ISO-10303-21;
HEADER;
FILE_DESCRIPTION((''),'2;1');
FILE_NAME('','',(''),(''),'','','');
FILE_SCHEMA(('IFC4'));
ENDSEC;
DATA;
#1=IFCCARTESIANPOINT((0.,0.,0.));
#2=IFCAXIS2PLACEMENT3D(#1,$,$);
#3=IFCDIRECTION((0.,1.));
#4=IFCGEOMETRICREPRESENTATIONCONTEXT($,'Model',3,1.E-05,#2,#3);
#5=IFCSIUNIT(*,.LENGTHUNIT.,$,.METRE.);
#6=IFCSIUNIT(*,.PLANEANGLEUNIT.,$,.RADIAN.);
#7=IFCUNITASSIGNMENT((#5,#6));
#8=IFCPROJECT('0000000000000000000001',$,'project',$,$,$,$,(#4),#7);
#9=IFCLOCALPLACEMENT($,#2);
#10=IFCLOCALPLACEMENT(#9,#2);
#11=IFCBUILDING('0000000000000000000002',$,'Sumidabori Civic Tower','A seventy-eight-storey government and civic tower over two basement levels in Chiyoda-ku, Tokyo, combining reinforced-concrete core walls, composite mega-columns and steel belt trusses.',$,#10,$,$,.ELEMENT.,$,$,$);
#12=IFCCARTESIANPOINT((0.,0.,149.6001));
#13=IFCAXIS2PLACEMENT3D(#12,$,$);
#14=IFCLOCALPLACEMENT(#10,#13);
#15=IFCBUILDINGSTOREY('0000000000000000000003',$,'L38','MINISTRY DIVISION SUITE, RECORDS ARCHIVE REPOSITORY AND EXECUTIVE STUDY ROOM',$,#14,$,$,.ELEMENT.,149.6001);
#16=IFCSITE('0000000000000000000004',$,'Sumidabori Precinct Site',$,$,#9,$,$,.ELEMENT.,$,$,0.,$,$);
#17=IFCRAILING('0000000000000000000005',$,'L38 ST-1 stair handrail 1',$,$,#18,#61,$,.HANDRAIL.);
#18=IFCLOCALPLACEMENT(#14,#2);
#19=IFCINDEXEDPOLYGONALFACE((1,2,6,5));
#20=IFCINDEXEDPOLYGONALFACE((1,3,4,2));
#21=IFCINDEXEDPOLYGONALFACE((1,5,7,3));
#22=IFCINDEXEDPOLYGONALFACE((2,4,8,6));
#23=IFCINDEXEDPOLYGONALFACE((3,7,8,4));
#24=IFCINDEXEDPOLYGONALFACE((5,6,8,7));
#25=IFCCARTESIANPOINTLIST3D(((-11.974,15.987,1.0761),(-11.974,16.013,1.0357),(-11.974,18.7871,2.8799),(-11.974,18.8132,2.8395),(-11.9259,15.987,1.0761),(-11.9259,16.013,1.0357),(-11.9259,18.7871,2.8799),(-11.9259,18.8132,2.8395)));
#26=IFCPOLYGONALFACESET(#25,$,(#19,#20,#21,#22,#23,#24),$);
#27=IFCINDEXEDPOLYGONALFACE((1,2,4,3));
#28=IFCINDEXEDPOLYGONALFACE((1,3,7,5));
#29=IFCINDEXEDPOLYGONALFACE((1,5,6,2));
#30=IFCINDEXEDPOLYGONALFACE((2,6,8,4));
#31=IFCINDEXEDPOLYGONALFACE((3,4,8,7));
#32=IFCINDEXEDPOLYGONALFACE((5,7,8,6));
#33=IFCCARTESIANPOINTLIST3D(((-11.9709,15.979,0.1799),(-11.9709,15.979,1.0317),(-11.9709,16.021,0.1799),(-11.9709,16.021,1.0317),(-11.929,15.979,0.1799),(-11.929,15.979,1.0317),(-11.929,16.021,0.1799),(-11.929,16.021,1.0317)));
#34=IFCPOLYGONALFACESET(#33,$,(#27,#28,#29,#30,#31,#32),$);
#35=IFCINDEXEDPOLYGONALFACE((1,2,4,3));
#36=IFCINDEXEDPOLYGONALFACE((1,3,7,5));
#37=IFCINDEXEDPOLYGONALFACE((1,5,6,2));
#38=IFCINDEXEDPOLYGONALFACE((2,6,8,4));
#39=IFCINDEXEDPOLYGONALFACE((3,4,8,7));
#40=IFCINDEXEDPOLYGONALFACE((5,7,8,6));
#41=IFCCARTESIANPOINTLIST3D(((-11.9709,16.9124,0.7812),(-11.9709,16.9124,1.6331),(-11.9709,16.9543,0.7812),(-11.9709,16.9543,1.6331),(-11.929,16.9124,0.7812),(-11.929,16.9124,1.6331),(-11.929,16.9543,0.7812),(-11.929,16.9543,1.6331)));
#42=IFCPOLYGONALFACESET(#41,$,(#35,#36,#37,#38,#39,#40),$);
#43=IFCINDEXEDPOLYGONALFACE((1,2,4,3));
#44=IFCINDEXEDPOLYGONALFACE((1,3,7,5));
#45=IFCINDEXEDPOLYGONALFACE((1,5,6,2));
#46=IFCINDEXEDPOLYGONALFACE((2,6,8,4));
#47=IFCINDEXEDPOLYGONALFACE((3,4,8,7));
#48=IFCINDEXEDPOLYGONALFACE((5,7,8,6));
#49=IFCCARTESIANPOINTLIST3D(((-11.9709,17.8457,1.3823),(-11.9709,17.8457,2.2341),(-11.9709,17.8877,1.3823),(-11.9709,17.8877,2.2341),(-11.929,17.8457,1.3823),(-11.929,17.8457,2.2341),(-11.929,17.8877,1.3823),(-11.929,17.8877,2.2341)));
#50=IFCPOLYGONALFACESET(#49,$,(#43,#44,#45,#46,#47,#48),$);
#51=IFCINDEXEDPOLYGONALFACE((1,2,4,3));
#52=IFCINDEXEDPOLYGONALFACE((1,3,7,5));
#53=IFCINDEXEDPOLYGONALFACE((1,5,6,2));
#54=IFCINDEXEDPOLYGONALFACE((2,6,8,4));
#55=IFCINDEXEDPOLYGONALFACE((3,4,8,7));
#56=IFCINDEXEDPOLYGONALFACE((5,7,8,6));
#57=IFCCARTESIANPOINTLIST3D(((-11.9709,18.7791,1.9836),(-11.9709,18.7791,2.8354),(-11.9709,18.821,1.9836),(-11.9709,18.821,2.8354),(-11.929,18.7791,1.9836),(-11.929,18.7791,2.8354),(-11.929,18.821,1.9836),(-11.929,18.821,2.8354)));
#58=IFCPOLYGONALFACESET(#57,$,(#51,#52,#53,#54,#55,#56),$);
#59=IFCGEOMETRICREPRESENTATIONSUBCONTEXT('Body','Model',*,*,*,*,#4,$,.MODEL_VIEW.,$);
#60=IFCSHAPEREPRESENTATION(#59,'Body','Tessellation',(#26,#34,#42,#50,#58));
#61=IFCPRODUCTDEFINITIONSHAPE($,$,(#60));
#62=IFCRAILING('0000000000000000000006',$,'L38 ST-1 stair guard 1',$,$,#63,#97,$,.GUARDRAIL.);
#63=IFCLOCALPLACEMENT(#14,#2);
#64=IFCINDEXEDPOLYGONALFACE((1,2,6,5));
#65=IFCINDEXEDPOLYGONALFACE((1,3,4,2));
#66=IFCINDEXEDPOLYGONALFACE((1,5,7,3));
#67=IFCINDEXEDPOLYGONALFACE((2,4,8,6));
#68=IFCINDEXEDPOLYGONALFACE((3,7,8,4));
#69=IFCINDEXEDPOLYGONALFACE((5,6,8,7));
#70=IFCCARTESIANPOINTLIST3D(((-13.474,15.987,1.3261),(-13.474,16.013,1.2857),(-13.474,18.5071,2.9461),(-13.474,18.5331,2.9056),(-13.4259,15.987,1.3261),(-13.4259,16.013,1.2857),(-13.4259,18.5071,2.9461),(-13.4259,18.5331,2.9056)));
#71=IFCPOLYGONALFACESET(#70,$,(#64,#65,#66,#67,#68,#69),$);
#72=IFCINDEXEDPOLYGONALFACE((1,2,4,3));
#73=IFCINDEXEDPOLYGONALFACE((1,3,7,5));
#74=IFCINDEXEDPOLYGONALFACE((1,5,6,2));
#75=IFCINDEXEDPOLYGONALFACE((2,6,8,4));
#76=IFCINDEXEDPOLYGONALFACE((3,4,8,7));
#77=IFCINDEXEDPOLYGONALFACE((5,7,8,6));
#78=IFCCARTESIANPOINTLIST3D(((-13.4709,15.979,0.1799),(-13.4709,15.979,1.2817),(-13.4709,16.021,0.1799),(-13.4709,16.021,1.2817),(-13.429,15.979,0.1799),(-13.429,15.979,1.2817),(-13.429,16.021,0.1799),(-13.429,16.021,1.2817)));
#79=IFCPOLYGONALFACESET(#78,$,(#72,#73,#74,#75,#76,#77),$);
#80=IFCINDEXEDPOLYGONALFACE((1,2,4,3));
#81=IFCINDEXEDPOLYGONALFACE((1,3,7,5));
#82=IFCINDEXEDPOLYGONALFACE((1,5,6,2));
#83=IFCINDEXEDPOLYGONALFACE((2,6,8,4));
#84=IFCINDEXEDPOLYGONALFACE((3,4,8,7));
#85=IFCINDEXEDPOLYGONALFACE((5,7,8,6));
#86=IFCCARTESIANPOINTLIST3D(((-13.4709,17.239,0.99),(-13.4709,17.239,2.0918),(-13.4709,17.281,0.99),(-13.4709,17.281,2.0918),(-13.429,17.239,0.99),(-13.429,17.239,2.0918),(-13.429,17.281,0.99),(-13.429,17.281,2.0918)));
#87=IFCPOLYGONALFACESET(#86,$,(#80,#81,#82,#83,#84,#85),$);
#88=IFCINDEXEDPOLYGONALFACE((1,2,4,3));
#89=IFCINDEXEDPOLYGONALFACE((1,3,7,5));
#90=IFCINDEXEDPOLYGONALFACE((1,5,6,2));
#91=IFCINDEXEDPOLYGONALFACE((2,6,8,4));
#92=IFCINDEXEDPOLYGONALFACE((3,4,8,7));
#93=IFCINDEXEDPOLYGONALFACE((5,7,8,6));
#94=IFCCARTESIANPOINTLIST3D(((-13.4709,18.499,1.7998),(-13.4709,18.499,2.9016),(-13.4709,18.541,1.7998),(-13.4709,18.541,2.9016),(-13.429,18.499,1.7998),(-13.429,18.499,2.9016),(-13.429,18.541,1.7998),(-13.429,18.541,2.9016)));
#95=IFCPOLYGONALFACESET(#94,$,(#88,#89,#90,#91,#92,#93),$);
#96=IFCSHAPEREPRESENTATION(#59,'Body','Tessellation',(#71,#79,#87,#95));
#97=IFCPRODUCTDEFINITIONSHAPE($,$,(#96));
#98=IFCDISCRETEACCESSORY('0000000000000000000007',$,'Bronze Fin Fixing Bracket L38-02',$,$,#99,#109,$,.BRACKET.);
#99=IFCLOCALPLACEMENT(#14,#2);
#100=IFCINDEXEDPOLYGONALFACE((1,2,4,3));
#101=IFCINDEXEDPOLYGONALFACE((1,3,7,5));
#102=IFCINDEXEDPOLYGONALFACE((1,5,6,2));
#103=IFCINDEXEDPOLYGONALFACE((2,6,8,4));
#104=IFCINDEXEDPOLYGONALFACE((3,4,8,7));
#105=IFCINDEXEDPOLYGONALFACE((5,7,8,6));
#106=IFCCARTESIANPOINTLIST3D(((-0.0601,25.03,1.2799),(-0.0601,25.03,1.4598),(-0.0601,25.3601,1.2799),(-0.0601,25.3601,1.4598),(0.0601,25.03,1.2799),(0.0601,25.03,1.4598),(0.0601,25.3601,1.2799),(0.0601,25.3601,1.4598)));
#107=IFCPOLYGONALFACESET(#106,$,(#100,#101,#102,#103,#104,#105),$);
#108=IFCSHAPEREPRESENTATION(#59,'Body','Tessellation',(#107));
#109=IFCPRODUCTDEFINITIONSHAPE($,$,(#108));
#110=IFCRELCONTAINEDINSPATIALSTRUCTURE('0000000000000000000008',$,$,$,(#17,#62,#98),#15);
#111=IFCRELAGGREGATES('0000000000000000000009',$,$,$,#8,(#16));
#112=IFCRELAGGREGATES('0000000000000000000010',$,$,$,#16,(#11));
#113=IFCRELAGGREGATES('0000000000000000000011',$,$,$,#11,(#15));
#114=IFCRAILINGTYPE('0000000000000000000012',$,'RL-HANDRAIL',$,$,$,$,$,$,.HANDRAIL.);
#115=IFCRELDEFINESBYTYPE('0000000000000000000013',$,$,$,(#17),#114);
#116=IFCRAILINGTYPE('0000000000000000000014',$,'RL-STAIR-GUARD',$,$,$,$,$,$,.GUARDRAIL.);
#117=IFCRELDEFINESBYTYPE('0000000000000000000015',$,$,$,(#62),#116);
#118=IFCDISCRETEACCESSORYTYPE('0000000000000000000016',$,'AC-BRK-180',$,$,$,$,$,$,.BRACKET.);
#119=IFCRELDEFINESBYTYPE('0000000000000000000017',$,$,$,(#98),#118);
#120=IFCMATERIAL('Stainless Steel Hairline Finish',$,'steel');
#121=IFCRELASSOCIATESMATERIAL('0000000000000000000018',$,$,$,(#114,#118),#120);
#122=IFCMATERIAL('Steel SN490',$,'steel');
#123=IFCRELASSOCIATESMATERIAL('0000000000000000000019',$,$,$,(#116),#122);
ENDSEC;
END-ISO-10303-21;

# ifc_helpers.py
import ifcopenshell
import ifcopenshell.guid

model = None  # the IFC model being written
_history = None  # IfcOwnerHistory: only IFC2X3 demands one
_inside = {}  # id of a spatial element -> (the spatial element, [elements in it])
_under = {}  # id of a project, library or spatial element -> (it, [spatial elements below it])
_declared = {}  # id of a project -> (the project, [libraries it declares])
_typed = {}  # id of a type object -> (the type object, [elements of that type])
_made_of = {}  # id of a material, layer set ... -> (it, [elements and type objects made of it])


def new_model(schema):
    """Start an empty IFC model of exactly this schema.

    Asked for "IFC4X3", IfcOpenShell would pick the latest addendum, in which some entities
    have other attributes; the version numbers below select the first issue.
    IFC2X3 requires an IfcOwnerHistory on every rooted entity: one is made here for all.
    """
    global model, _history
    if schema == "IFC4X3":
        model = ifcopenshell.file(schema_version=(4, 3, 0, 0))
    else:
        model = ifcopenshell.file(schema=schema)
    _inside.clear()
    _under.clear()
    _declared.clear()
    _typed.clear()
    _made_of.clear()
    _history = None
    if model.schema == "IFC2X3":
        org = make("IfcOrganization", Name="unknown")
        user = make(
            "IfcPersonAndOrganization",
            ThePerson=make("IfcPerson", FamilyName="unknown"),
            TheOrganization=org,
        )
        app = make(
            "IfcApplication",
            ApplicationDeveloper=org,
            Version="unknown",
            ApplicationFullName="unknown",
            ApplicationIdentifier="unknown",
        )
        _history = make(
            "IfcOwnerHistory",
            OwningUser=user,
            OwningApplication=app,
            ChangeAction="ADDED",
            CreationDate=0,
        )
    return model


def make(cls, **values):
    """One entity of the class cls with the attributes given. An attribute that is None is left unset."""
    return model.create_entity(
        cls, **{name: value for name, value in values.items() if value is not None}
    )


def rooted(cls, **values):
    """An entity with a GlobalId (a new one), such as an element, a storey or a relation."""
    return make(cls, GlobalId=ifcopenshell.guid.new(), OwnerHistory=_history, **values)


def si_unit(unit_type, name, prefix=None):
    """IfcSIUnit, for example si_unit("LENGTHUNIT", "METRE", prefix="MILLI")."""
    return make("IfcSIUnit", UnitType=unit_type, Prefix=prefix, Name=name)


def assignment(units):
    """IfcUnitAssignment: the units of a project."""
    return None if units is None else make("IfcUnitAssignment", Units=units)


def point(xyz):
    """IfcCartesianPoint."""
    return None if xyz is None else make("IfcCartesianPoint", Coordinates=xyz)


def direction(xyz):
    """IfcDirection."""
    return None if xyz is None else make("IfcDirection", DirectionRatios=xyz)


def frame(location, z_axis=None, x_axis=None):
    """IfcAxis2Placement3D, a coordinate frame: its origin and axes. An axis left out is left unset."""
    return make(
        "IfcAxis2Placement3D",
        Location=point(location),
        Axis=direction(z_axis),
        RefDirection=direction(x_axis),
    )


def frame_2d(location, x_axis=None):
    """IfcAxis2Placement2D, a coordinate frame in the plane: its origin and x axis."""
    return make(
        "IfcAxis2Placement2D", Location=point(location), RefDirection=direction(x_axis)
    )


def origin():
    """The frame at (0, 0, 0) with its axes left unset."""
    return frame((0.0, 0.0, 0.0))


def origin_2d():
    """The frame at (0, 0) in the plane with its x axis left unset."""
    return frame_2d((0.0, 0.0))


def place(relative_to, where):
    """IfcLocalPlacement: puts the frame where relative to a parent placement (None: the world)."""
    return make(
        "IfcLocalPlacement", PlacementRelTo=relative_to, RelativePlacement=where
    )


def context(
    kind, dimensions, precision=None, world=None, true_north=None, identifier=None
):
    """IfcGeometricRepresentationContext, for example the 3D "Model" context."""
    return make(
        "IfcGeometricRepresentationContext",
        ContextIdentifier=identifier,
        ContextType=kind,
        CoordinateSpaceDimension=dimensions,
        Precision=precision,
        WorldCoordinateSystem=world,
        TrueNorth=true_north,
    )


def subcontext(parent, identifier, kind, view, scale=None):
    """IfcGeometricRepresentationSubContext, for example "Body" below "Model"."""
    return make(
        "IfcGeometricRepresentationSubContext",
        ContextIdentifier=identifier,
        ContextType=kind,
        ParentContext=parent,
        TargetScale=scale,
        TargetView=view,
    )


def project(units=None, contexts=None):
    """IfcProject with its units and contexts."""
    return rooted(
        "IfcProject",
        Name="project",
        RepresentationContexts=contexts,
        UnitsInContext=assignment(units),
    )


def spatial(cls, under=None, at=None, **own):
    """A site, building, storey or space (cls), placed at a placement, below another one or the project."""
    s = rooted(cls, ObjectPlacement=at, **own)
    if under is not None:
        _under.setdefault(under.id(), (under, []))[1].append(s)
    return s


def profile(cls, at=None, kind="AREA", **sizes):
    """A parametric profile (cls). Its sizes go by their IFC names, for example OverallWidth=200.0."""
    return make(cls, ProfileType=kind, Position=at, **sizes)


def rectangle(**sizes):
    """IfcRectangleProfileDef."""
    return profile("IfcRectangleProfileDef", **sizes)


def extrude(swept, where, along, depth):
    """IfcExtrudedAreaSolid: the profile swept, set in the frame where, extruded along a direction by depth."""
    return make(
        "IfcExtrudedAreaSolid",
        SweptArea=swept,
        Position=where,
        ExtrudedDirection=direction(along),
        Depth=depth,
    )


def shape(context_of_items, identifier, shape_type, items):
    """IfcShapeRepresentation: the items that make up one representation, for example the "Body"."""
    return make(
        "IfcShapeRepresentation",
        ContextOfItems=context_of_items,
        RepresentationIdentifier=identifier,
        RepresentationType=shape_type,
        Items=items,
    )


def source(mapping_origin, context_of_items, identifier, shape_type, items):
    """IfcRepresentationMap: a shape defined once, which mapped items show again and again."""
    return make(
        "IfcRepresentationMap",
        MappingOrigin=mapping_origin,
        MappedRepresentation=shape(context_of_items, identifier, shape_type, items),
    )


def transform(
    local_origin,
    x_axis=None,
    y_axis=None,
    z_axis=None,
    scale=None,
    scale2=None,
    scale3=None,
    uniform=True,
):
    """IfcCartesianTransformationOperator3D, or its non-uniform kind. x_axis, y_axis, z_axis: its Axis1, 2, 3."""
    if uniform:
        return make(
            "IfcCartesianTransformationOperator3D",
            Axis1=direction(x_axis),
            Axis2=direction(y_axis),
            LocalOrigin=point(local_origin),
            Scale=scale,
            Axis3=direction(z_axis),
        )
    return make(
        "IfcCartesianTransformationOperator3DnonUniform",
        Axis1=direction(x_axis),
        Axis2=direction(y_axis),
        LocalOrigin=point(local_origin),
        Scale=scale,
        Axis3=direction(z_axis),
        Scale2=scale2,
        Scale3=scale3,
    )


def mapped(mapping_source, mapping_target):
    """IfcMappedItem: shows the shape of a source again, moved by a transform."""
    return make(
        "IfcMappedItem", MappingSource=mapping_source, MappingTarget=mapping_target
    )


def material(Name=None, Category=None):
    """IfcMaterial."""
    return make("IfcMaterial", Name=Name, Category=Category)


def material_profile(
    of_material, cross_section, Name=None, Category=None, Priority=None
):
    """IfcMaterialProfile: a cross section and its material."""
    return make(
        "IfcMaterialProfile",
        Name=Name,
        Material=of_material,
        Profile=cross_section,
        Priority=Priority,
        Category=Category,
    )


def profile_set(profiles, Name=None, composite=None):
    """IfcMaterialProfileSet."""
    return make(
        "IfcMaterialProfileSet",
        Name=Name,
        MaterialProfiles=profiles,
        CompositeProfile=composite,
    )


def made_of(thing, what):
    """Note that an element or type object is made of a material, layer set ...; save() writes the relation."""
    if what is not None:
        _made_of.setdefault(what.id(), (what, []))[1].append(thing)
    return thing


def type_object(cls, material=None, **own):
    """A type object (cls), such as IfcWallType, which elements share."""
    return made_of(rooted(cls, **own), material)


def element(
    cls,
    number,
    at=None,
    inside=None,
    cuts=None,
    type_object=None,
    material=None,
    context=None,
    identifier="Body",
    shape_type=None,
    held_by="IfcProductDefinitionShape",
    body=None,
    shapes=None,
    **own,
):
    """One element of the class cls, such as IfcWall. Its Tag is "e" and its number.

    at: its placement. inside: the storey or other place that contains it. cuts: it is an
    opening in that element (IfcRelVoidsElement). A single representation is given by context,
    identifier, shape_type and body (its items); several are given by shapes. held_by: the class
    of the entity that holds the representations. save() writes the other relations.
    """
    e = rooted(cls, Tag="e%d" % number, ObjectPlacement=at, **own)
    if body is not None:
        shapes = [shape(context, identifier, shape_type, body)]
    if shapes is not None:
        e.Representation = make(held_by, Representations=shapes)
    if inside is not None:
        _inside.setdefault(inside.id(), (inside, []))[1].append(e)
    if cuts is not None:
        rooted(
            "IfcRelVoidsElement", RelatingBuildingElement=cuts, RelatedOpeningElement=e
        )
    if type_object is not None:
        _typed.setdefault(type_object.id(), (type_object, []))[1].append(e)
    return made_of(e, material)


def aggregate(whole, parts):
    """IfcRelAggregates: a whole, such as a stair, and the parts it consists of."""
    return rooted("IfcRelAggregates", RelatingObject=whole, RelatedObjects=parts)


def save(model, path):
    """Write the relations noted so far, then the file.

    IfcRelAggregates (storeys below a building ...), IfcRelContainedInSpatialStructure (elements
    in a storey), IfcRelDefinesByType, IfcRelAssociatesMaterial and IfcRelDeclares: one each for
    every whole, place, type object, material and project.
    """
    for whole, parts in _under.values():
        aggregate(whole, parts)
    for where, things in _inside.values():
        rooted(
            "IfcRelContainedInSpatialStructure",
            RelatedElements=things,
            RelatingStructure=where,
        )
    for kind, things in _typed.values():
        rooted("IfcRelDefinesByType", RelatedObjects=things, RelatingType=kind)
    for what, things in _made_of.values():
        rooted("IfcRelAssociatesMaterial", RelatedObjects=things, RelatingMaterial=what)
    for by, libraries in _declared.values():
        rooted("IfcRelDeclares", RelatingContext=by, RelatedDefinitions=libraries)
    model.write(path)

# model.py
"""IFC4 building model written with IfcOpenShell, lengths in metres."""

from ifc_helpers import new_model, si_unit, direction, frame, origin, origin_2d, place, context, subcontext, project, spatial, rectangle, extrude, source, transform, mapped, material, material_profile, profile_set, type_object, element, save


model = new_model("IFC4")

# Units and contexts
model_context = context("Model", 3, precision=1e-05, world=origin(), true_north=direction((0.0, 1.0)))
body_context = subcontext(model_context, "Body", "Model", "MODEL_VIEW")
ifc_project = project(units=[si_unit("LENGTHUNIT", "METRE"), si_unit("PLANEANGLEUNIT", "RADIAN")], contexts=[model_context])

# Site, building, storey
site_placement = place(None, origin())
site = spatial("IfcSite", under=ifc_project, at=site_placement, Name="Sumidabori Precinct Site", CompositionType="ELEMENT", RefElevation=0.0)
building_placement = place(site_placement, origin())
building = spatial("IfcBuilding", under=site, at=building_placement, Name="Sumidabori Civic Tower", Description="A seventy-eight-storey government and civic tower over two basement levels in Chiyoda-ku, Tokyo, combining reinforced-concrete core walls, composite mega-columns and steel belt trusses.", CompositionType="ELEMENT")
storey_placement = place(building_placement, frame((0.0, 0.0, 149.6001)))
storey = spatial("IfcBuildingStorey", under=building, at=storey_placement, Name="L38", Description="MINISTRY DIVISION SUITE, RECORDS ARCHIVE REPOSITORY AND EXECUTIVE STUDY ROOM", CompositionType="ELEMENT", Elevation=149.6001)

# Railings
ifc_material_1 = material(Name="Stainless Steel Hairline Finish", Category="steel")
railing_type_1 = type_object("IfcRailingType", Name="RL-HANDRAIL", PredefinedType="HANDRAIL", material=ifc_material_1)
railing_1_placement = place(storey_placement, frame((-11.95, 16.0, 0.1799)))
element("IfcRailing", 1, at=railing_1_placement, inside=storey, type_object=railing_type_1, Name="L38 ST-1 stair handrail 1", PredefinedType="HANDRAIL", context=body_context, shape_type="SweptSolid", body=[
    extrude(rectangle(XDim=0.0481, YDim=0.0481, at=origin_2d()), frame((0.0, 0.0, 0.876), z_axis=(0.0, 0.840676, 0.541539), x_axis=(-1.0, 0.0, 0.0)), (0.0, 0.0, 1.0), 3.3308),
    extrude(rectangle(XDim=0.042, YDim=0.042, at=origin_2d()), origin(), (0.0, 0.0, 1.0), 0.8518),
    extrude(rectangle(XDim=0.042, YDim=0.042, at=origin_2d()), frame((0.0, 0.9333, 0.6013)), (0.0, 0.0, 1.0), 0.8518),
    extrude(rectangle(XDim=0.042, YDim=0.042, at=origin_2d()), frame((0.0, 1.8667, 1.2024)), (0.0, 0.0, 1.0), 0.8518),
    extrude(rectangle(XDim=0.042, YDim=0.042, at=origin_2d()), frame((0.0, 2.8, 1.8037)), (0.0, 0.0, 1.0), 0.8518),
])
ifc_material_2 = material(Name="Steel SN490", Category="steel")
railing_type_2 = type_object("IfcRailingType", Name="RL-STAIR-GUARD", PredefinedType="GUARDRAIL", material=ifc_material_2)
railing_2_placement = place(storey_placement, frame((-13.45, 16.0, 0.1799)))
element("IfcRailing", 2, at=railing_2_placement, inside=storey, type_object=railing_type_2, Name="L38 ST-1 stair guard 1", PredefinedType="GUARDRAIL", context=body_context, shape_type="SweptSolid", body=[
    extrude(rectangle(XDim=0.0481, YDim=0.0481, at=origin_2d()), frame((0.0, 0.0, 1.126), z_axis=(0.0, 0.8412, 0.540725), x_axis=(-1.0, 0.0, 0.0)), (0.0, 0.0, 1.0), 2.9958),
    extrude(rectangle(XDim=0.042, YDim=0.042, at=origin_2d()), origin(), (0.0, 0.0, 1.0), 1.1018),
    extrude(rectangle(XDim=0.042, YDim=0.042, at=origin_2d()), frame((0.0, 1.26, 0.8101)), (0.0, 0.0, 1.0), 1.1018),
    extrude(rectangle(XDim=0.042, YDim=0.042, at=origin_2d()), frame((0.0, 2.52, 1.6199)), (0.0, 0.0, 1.0), 1.1018),
])

# Discrete accessory
ifc_material_profile_1 = material_profile(ifc_material_1, rectangle(XDim=0.1201, YDim=0.1799, at=origin_2d()), Name="STEEL BRACKET 180x120")
ifc_profile_set_1 = profile_set([ifc_material_profile_1], Name="Stainless Steel Hairline Finish")
discrete_accessory_type = type_object("IfcDiscreteAccessoryType", Name="AC-BRK-180", PredefinedType="BRACKET", material=ifc_profile_set_1)
shared_shape_1 = source(origin(), body_context, "Body", "SweptSolid", [
    extrude(rectangle(XDim=0.1201, YDim=0.1799, at=origin_2d()), origin(), (0.0, 0.0, 1.0), 0.3301),
])
discrete_accessory_placement = place(storey_placement, frame((0.0, 25.03, 1.3699), z_axis=(0.0, 1.0, 0.0), x_axis=(-1.0, 0.0, 0.0)))
element("IfcDiscreteAccessory", 3, at=discrete_accessory_placement, inside=storey, type_object=discrete_accessory_type, Name="Bronze Fin Fixing Bracket L38-02", PredefinedType="BRACKET", context=body_context, shape_type="MappedRepresentation", body=[
    mapped(shared_shape_1, transform((0.0, 0.0, 0.0), x_axis=(1.0, 0.0, 0.0), y_axis=(0.0, 1.0, 0.0), z_axis=(0.0, 0.0, 1.0), scale=1.0)),
])

save(model, "model.ifc")
